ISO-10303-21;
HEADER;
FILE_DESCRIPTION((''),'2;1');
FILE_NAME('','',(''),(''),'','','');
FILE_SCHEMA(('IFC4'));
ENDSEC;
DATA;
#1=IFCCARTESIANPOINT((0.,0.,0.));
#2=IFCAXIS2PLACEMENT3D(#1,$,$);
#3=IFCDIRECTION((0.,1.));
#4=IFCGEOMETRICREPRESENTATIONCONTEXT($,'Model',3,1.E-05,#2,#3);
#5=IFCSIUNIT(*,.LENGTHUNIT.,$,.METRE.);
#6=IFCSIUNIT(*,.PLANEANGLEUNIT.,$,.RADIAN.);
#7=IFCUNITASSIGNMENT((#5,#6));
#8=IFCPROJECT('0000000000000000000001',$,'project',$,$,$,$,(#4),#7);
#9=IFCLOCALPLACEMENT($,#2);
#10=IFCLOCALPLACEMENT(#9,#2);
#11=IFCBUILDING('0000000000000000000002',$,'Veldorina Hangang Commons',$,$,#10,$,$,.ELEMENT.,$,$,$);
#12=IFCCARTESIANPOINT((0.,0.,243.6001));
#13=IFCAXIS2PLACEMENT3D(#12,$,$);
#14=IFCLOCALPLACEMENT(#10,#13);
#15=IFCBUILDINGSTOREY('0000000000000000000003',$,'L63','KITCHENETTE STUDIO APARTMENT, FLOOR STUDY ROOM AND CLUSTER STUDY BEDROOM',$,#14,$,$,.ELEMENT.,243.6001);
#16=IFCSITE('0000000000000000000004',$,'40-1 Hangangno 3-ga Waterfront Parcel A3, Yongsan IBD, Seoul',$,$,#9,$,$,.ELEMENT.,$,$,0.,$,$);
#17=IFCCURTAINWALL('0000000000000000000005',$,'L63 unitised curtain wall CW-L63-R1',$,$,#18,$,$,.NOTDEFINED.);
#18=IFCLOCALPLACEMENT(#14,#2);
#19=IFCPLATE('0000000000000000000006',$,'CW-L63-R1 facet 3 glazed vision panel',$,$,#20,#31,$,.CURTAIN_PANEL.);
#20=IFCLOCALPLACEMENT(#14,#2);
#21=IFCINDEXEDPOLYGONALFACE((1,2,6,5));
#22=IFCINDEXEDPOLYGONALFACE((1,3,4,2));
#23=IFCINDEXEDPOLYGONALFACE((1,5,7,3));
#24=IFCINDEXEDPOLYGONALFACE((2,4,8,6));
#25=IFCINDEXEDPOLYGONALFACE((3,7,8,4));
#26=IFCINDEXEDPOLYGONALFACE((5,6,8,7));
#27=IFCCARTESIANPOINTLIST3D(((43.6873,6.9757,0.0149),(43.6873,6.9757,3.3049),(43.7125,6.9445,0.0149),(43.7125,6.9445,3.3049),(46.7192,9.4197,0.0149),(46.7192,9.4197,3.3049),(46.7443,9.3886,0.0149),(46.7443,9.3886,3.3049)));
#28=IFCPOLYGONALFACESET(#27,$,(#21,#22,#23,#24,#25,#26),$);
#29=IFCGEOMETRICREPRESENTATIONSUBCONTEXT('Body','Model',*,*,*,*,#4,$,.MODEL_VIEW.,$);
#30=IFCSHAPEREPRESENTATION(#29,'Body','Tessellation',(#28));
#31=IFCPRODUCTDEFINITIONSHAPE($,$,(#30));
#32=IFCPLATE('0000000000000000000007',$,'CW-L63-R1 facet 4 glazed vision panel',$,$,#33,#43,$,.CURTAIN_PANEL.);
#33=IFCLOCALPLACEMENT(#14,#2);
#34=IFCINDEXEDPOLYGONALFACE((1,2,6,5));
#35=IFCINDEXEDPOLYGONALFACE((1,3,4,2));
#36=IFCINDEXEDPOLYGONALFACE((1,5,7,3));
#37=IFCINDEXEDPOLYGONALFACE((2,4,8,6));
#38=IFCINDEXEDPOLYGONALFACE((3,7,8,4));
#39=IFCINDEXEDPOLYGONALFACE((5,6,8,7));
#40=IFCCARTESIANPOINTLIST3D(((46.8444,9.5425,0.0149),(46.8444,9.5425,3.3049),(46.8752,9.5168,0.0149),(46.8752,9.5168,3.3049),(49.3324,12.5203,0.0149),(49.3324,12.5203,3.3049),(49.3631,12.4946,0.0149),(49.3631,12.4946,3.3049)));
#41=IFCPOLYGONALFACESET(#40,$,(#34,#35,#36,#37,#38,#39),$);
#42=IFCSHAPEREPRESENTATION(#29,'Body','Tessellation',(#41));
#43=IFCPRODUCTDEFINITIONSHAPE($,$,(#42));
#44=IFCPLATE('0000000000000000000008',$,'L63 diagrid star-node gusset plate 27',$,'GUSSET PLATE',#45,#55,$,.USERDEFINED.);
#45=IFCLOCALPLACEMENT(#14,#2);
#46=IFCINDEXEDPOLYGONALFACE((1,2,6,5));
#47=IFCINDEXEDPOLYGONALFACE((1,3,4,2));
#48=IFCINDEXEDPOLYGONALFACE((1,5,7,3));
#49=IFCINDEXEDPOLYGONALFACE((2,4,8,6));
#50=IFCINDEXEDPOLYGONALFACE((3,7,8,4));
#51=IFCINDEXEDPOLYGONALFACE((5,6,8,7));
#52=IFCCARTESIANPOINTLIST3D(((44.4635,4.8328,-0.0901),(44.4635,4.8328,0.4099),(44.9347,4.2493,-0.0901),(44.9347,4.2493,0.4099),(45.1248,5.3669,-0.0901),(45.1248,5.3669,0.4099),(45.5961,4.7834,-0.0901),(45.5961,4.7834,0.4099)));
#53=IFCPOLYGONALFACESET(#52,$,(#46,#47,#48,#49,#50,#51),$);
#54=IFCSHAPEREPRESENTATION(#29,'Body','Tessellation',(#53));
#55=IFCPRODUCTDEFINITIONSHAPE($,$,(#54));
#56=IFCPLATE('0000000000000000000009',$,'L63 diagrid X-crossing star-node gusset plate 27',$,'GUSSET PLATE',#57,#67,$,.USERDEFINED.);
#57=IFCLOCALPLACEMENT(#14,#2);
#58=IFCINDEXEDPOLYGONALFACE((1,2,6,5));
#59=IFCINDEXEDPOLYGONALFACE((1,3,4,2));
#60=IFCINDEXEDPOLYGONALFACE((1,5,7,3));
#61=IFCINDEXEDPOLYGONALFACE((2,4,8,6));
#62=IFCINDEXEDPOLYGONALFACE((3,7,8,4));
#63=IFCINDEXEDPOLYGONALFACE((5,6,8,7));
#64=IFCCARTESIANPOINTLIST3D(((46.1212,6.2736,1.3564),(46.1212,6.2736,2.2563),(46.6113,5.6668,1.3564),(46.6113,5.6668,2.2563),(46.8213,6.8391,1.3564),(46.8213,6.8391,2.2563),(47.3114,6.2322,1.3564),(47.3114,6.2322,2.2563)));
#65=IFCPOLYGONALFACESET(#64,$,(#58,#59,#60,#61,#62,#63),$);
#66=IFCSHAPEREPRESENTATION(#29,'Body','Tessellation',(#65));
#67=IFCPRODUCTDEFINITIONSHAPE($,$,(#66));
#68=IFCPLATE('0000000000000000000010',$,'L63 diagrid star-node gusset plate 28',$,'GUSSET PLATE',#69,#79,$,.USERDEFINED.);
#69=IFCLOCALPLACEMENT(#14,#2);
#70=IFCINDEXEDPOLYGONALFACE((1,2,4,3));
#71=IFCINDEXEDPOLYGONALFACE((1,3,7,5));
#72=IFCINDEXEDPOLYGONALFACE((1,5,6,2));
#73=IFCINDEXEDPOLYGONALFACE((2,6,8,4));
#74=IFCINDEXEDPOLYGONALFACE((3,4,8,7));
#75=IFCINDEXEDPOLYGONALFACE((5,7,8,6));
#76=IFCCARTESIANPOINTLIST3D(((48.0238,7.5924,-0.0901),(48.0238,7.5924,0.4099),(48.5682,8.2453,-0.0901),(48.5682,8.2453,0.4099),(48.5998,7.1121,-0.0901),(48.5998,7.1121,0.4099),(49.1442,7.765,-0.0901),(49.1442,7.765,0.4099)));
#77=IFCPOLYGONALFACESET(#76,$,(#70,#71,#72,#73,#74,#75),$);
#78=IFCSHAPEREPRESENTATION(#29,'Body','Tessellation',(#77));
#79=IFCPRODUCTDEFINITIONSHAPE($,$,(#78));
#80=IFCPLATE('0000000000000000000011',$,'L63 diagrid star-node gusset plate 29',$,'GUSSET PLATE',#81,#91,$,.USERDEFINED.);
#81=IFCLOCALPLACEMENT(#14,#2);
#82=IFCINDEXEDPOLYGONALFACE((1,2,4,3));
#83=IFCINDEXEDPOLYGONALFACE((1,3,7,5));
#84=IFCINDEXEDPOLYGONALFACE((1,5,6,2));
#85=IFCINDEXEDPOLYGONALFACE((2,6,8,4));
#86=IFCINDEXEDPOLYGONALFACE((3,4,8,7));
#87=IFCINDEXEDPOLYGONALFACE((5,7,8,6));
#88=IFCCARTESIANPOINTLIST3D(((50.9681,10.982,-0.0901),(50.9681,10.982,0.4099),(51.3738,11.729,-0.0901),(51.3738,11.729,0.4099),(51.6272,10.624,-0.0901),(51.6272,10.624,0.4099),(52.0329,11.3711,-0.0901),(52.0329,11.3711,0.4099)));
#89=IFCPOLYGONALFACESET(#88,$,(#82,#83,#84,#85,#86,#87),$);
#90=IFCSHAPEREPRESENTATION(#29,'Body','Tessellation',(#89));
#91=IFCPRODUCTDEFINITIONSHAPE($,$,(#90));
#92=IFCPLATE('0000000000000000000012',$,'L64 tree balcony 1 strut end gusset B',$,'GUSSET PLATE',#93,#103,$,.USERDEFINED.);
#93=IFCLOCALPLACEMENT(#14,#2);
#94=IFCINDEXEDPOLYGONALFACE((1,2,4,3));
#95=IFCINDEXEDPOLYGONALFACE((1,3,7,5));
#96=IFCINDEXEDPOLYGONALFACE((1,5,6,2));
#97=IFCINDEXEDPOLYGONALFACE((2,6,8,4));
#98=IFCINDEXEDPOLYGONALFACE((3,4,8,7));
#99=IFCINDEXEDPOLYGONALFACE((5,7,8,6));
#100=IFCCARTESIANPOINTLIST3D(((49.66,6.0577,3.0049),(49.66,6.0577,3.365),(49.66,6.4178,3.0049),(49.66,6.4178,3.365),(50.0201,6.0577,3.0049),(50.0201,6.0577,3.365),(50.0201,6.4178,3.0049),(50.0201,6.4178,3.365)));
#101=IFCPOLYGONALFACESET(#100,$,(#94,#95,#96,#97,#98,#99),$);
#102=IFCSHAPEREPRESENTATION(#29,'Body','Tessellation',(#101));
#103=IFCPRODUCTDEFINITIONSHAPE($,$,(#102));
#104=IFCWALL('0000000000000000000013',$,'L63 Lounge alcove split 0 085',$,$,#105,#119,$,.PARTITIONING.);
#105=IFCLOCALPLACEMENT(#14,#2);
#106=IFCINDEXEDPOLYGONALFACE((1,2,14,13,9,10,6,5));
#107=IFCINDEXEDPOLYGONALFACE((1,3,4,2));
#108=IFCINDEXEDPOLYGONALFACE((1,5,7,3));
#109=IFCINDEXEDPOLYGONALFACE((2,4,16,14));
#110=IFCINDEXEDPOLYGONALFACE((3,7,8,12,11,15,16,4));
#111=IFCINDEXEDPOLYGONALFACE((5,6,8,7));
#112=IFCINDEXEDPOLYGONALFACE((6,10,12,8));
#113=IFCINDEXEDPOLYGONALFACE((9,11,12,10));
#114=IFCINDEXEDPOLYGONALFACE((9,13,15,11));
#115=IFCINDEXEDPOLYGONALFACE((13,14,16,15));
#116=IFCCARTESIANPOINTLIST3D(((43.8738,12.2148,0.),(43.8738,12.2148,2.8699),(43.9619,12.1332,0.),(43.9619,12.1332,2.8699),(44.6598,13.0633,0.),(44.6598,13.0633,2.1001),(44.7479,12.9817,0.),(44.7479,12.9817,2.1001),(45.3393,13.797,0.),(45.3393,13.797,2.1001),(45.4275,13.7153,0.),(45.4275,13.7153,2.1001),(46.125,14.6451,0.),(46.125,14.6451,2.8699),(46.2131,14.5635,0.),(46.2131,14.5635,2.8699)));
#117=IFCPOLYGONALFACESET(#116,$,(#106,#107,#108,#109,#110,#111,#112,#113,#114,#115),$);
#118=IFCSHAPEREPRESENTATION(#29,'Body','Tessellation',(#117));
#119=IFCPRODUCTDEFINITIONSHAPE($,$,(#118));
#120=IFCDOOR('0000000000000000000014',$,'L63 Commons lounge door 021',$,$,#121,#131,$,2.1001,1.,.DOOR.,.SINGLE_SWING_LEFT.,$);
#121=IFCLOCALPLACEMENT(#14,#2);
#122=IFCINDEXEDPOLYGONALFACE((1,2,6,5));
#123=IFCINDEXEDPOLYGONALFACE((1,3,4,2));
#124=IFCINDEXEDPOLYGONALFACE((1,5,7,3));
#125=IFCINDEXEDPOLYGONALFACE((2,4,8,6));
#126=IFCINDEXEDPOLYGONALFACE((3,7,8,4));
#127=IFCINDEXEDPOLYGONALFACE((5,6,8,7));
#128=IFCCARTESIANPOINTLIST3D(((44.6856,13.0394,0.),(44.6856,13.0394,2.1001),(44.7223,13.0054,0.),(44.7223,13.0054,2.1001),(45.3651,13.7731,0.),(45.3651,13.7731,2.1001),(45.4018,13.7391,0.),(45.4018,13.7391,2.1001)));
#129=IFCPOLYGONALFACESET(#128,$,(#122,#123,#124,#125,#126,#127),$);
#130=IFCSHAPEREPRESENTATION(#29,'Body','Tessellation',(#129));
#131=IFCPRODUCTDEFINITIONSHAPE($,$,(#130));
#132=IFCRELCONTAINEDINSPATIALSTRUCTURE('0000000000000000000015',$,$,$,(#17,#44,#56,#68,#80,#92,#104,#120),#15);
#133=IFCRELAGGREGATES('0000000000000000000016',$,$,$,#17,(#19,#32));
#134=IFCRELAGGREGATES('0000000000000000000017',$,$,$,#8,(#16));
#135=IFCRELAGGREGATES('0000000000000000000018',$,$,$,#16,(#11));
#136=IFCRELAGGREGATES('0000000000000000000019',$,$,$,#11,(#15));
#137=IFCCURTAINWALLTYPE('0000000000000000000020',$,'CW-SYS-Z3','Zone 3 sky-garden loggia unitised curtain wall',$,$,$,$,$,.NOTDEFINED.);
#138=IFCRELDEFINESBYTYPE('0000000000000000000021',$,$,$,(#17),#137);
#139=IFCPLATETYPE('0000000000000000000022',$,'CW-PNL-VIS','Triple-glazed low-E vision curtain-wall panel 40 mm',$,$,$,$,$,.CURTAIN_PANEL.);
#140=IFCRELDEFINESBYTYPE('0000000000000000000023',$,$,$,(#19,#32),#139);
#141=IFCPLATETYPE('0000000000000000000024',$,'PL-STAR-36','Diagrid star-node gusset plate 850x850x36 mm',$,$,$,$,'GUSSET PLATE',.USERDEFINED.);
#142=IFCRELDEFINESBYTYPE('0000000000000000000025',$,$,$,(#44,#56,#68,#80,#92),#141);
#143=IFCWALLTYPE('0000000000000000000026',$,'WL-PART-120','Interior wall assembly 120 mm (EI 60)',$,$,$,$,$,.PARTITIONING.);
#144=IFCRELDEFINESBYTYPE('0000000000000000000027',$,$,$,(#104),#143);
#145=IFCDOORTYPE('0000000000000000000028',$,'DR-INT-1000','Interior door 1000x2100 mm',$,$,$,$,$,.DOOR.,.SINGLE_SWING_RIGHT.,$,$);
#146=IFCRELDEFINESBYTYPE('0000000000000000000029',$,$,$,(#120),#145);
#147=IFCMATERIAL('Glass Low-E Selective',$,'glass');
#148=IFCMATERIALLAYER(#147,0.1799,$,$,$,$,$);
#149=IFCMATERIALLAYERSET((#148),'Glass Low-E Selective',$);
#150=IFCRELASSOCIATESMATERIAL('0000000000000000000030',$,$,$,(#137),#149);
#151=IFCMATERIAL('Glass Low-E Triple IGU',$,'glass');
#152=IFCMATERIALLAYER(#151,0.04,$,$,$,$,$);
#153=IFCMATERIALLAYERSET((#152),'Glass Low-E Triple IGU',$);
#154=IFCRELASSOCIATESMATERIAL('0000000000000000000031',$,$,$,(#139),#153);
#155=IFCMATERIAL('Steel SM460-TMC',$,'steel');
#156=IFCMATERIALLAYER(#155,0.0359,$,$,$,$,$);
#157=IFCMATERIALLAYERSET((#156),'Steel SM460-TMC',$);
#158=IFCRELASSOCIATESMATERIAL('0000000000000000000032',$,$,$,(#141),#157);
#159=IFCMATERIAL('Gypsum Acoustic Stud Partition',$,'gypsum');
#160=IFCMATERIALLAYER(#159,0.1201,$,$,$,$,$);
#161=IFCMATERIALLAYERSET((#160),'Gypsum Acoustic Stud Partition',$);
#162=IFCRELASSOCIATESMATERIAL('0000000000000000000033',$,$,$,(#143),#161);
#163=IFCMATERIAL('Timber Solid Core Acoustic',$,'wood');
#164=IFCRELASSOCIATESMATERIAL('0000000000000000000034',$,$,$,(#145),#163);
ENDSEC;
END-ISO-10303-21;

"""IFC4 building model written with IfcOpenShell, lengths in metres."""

from ifc_helpers import new_model, si_unit, direction, frame, frame_2d, origin, origin_2d, place, context, subcontext, project, spatial, rectangle, extrude, material, layer, layer_set, type_object, element, fill, aggregate, save


model = new_model("IFC4")

# Units and contexts
model_context = context("Model", 3, precision=1e-05, world=origin(), true_north=direction((0.0, 1.0)))
body_context = subcontext(model_context, "Body", "Model", "MODEL_VIEW")
ifc_project = project(units=[si_unit("LENGTHUNIT", "METRE"), si_unit("PLANEANGLEUNIT", "RADIAN")], contexts=[model_context])

# Site, building, storey
site_placement = place(None, origin())
site = spatial("IfcSite", under=ifc_project, at=site_placement, Name="40-1 Hangangno 3-ga Waterfront Parcel A3, Yongsan IBD, Seoul", CompositionType="ELEMENT", RefElevation=0.0)
building_placement = place(site_placement, origin())
building = spatial("IfcBuilding", under=site, at=building_placement, Name="Veldorina Hangang Commons", CompositionType="ELEMENT")
storey_placement = place(building_placement, frame((0.0, 0.0, 243.6001)))
storey = spatial("IfcBuildingStorey", under=building, at=storey_placement, Name="L63", Description="KITCHENETTE STUDIO APARTMENT, FLOOR STUDY ROOM AND CLUSTER STUDY BEDROOM", CompositionType="ELEMENT", Elevation=243.6001)

# Curtain wall
ifc_material_1 = material(Name="Glass Low-E Selective", Category="glass")
ifc_layer_1 = layer(ifc_material_1, 0.1799)
ifc_layer_set_1 = layer_set([ifc_layer_1], Name="Glass Low-E Selective")
curtain_wall_type = type_object("IfcCurtainWallType", Name="CW-SYS-Z3", Description="Zone 3 sky-garden loggia unitised curtain wall", PredefinedType="NOTDEFINED", material=ifc_layer_set_1)
curtain_wall_placement = place(storey_placement, origin())
curtain_wall = element("IfcCurtainWall", 1, at=curtain_wall_placement, inside=storey, type_object=curtain_wall_type, Name="L63 unitised curtain wall CW-L63-R1", PredefinedType="NOTDEFINED")

# Plates
ifc_material_2 = material(Name="Glass Low-E Triple IGU", Category="glass")
ifc_layer_2 = layer(ifc_material_2, 0.04)
ifc_layer_set_2 = layer_set([ifc_layer_2], Name="Glass Low-E Triple IGU")
plate_type_1 = type_object("IfcPlateType", Name="CW-PNL-VIS", Description="Triple-glazed low-E vision curtain-wall panel 40 mm", PredefinedType="CURTAIN_PANEL", material=ifc_layer_set_2)
plate_1_placement = place(storey_placement, frame((45.2158, 8.1821, 0.0149), z_axis=(0.0, 0.0, 1.0), x_axis=(0.778539, 0.627596, 0.0)))
plate_1 = element("IfcPlate", 2, at=plate_1_placement, type_object=plate_type_1, Name="CW-L63-R1 facet 3 glazed vision panel", PredefinedType="CURTAIN_PANEL", context=body_context, shape_type="SweptSolid", body=[
    extrude(rectangle(XDim=3.8943, YDim=0.04, at=origin_2d()), origin(), (0.0, 0.0, 1.0), 3.29),
])
plate_2_placement = place(storey_placement, frame((48.1038, 11.0186, 0.0149), z_axis=(0.0, 0.0, 1.0), x_axis=(0.641155, 0.767411, 0.0)))
plate_2 = element("IfcPlate", 3, at=plate_2_placement, type_object=plate_type_1, Name="CW-L63-R1 facet 4 glazed vision panel", PredefinedType="CURTAIN_PANEL", context=body_context, shape_type="SweptSolid", body=[
    extrude(rectangle(XDim=3.8804, YDim=0.04, at=origin_2d()), origin(), (0.0, 0.0, 1.0), 3.29),
])
aggregate(curtain_wall, [plate_1, plate_2])

# Plates
ifc_material_3 = material(Name="Steel SM460-TMC", Category="steel")
ifc_layer_3 = layer(ifc_material_3, 0.0359)
ifc_layer_set_3 = layer_set([ifc_layer_3], Name="Steel SM460-TMC")
plate_type_2 = type_object("IfcPlateType", Name="PL-STAR-36", Description="Diagrid star-node gusset plate 850x850x36 mm", ElementType="GUSSET PLATE", PredefinedType="USERDEFINED", material=ifc_layer_set_3)
plate_3_placement = place(storey_placement, frame((45.0298, 4.8081, -0.0901), z_axis=(0.0, 0.0, 1.0), x_axis=(0.777947, 0.62833, 0.0)))
element("IfcPlate", 4, at=plate_3_placement, inside=storey, type_object=plate_type_2, Name="L63 diagrid star-node gusset plate 27", ObjectType="GUSSET PLATE", PredefinedType="USERDEFINED", context=body_context, shape_type="SweptSolid", body=[
    extrude(rectangle(XDim=0.8501, YDim=0.75, at=origin_2d()), origin(), (0.0, 0.0, 1.0), 0.5),
])
plate_4_placement = place(storey_placement, frame((46.7163, 6.2529, 1.3564), z_axis=(0.0, 0.0, 1.0), x_axis=(0.777947, 0.62833, 0.0)))
element("IfcPlate", 5, at=plate_4_placement, inside=storey, type_object=plate_type_2, Name="L63 diagrid X-crossing star-node gusset plate 27", ObjectType="GUSSET PLATE", PredefinedType="USERDEFINED", context=body_context, shape_type="SweptSolid", body=[
    extrude(rectangle(XDim=0.8999, YDim=0.78, at=origin_2d()), origin(), (0.0, 0.0, 1.0), 0.8999),
])
for number, where, z_axis, x_axis, name in (
    (6, (48.584, 7.6787, -0.0901), (0.0, 0.0, 1.0), (0.640431, 0.768015, 0.0), "L63 diagrid star-node gusset plate 28"),
    (7, (51.5005, 11.1765, -0.0901), (0.0, 0.0, 1.0), (0.477251, 0.878767, 0.0), "L63 diagrid star-node gusset plate 29"),
):
    element("IfcPlate", number, at=place(storey_placement, frame(where, z_axis=z_axis, x_axis=x_axis)), inside=storey, type_object=plate_type_2, Name=name, ObjectType="GUSSET PLATE", PredefinedType="USERDEFINED", context=body_context, shape_type="SweptSolid", body=[
        extrude(rectangle(XDim=0.8501, YDim=0.75, at=origin_2d()), origin(), (0.0, 0.0, 1.0), 0.5),
    ])
plate_5_placement = place(storey_placement, frame((49.8401, 6.2378, 3.0049), z_axis=(0.0, 0.0, 1.0), x_axis=(1.0, 0.0, 0.0)))
element("IfcPlate", 8, at=plate_5_placement, inside=storey, type_object=plate_type_2, Name="L64 tree balcony 1 strut end gusset B", ObjectType="GUSSET PLATE", PredefinedType="USERDEFINED", context=body_context, shape_type="SweptSolid", body=[
    extrude(rectangle(XDim=0.3601, YDim=0.3601, at=origin_2d()), origin(), (0.0, 0.0, 1.0), 0.3601),
])

# Wall, opening, door
ifc_material_4 = material(Name="Gypsum Acoustic Stud Partition", Category="gypsum")
ifc_layer_4 = layer(ifc_material_4, 0.1201)
ifc_layer_set_4 = layer_set([ifc_layer_4], Name="Gypsum Acoustic Stud Partition")
wall_type_1 = type_object("IfcWallType", Name="WL-PART-120", Description="Interior wall assembly 120 mm (EI 60)", PredefinedType="PARTITIONING", material=ifc_layer_set_4)
wall_1_placement = place(storey_placement, frame((43.918, 12.1741, 0.0), z_axis=(0.0, 0.0, 1.0), x_axis=(0.679543, 0.733635, 0.0)))
wall_1 = element("IfcWall", 9, at=wall_1_placement, inside=storey, type_object=wall_type_1, Name="L63 Lounge alcove split 0 085", PredefinedType="PARTITIONING", context=body_context, shape_type="SweptSolid", body=[
    extrude(rectangle(XDim=3.3127, YDim=0.1201, at=frame_2d((1.6562, 0.0))), origin(), (0.0, 0.0, 1.0), 2.8699),
])
opening_1_placement = place(wall_1_placement, frame((1.1565, 0.0, 0.0)))
opening_1 = element("IfcOpeningElement", 10, at=opening_1_placement, cuts=wall_1, PredefinedType="OPENING", context=body_context, shape_type="SweptSolid", body=[
    extrude(rectangle(XDim=1.0, YDim=2.1001, at=frame_2d((0.5, 1.05))), frame((0.0, 0.0701, 0.0), z_axis=(0.0, -1.0, 0.0), x_axis=(1.0, 0.0, 0.0)), (0.0, 0.0, 1.0), 0.1401),
])
ifc_material_5 = material(Name="Timber Solid Core Acoustic", Category="wood")
door_type_1 = type_object("IfcDoorType", Name="DR-INT-1000", Description="Interior door 1000x2100 mm", OperationType="SINGLE_SWING_RIGHT", PredefinedType="DOOR", material=ifc_material_5)
door_1_placement = place(opening_1_placement, origin())
door_1 = element("IfcDoor", 11, at=door_1_placement, inside=storey, type_object=door_type_1, Name="L63 Commons lounge door 021", OperationType="SINGLE_SWING_LEFT", OverallHeight=2.1001, OverallWidth=1.0, PredefinedType="DOOR", context=body_context, shape_type="SweptSolid", body=[
    extrude(rectangle(XDim=1.0, YDim=2.1001, at=frame_2d((0.5, 1.05))), frame((0.0, 0.0249, 0.0), z_axis=(0.0, -1.0, 0.0), x_axis=(1.0, 0.0, 0.0)), (0.0, 0.0, 1.0), 0.05),
])
fill(opening_1, door_1)

save(model, "model.ifc")
